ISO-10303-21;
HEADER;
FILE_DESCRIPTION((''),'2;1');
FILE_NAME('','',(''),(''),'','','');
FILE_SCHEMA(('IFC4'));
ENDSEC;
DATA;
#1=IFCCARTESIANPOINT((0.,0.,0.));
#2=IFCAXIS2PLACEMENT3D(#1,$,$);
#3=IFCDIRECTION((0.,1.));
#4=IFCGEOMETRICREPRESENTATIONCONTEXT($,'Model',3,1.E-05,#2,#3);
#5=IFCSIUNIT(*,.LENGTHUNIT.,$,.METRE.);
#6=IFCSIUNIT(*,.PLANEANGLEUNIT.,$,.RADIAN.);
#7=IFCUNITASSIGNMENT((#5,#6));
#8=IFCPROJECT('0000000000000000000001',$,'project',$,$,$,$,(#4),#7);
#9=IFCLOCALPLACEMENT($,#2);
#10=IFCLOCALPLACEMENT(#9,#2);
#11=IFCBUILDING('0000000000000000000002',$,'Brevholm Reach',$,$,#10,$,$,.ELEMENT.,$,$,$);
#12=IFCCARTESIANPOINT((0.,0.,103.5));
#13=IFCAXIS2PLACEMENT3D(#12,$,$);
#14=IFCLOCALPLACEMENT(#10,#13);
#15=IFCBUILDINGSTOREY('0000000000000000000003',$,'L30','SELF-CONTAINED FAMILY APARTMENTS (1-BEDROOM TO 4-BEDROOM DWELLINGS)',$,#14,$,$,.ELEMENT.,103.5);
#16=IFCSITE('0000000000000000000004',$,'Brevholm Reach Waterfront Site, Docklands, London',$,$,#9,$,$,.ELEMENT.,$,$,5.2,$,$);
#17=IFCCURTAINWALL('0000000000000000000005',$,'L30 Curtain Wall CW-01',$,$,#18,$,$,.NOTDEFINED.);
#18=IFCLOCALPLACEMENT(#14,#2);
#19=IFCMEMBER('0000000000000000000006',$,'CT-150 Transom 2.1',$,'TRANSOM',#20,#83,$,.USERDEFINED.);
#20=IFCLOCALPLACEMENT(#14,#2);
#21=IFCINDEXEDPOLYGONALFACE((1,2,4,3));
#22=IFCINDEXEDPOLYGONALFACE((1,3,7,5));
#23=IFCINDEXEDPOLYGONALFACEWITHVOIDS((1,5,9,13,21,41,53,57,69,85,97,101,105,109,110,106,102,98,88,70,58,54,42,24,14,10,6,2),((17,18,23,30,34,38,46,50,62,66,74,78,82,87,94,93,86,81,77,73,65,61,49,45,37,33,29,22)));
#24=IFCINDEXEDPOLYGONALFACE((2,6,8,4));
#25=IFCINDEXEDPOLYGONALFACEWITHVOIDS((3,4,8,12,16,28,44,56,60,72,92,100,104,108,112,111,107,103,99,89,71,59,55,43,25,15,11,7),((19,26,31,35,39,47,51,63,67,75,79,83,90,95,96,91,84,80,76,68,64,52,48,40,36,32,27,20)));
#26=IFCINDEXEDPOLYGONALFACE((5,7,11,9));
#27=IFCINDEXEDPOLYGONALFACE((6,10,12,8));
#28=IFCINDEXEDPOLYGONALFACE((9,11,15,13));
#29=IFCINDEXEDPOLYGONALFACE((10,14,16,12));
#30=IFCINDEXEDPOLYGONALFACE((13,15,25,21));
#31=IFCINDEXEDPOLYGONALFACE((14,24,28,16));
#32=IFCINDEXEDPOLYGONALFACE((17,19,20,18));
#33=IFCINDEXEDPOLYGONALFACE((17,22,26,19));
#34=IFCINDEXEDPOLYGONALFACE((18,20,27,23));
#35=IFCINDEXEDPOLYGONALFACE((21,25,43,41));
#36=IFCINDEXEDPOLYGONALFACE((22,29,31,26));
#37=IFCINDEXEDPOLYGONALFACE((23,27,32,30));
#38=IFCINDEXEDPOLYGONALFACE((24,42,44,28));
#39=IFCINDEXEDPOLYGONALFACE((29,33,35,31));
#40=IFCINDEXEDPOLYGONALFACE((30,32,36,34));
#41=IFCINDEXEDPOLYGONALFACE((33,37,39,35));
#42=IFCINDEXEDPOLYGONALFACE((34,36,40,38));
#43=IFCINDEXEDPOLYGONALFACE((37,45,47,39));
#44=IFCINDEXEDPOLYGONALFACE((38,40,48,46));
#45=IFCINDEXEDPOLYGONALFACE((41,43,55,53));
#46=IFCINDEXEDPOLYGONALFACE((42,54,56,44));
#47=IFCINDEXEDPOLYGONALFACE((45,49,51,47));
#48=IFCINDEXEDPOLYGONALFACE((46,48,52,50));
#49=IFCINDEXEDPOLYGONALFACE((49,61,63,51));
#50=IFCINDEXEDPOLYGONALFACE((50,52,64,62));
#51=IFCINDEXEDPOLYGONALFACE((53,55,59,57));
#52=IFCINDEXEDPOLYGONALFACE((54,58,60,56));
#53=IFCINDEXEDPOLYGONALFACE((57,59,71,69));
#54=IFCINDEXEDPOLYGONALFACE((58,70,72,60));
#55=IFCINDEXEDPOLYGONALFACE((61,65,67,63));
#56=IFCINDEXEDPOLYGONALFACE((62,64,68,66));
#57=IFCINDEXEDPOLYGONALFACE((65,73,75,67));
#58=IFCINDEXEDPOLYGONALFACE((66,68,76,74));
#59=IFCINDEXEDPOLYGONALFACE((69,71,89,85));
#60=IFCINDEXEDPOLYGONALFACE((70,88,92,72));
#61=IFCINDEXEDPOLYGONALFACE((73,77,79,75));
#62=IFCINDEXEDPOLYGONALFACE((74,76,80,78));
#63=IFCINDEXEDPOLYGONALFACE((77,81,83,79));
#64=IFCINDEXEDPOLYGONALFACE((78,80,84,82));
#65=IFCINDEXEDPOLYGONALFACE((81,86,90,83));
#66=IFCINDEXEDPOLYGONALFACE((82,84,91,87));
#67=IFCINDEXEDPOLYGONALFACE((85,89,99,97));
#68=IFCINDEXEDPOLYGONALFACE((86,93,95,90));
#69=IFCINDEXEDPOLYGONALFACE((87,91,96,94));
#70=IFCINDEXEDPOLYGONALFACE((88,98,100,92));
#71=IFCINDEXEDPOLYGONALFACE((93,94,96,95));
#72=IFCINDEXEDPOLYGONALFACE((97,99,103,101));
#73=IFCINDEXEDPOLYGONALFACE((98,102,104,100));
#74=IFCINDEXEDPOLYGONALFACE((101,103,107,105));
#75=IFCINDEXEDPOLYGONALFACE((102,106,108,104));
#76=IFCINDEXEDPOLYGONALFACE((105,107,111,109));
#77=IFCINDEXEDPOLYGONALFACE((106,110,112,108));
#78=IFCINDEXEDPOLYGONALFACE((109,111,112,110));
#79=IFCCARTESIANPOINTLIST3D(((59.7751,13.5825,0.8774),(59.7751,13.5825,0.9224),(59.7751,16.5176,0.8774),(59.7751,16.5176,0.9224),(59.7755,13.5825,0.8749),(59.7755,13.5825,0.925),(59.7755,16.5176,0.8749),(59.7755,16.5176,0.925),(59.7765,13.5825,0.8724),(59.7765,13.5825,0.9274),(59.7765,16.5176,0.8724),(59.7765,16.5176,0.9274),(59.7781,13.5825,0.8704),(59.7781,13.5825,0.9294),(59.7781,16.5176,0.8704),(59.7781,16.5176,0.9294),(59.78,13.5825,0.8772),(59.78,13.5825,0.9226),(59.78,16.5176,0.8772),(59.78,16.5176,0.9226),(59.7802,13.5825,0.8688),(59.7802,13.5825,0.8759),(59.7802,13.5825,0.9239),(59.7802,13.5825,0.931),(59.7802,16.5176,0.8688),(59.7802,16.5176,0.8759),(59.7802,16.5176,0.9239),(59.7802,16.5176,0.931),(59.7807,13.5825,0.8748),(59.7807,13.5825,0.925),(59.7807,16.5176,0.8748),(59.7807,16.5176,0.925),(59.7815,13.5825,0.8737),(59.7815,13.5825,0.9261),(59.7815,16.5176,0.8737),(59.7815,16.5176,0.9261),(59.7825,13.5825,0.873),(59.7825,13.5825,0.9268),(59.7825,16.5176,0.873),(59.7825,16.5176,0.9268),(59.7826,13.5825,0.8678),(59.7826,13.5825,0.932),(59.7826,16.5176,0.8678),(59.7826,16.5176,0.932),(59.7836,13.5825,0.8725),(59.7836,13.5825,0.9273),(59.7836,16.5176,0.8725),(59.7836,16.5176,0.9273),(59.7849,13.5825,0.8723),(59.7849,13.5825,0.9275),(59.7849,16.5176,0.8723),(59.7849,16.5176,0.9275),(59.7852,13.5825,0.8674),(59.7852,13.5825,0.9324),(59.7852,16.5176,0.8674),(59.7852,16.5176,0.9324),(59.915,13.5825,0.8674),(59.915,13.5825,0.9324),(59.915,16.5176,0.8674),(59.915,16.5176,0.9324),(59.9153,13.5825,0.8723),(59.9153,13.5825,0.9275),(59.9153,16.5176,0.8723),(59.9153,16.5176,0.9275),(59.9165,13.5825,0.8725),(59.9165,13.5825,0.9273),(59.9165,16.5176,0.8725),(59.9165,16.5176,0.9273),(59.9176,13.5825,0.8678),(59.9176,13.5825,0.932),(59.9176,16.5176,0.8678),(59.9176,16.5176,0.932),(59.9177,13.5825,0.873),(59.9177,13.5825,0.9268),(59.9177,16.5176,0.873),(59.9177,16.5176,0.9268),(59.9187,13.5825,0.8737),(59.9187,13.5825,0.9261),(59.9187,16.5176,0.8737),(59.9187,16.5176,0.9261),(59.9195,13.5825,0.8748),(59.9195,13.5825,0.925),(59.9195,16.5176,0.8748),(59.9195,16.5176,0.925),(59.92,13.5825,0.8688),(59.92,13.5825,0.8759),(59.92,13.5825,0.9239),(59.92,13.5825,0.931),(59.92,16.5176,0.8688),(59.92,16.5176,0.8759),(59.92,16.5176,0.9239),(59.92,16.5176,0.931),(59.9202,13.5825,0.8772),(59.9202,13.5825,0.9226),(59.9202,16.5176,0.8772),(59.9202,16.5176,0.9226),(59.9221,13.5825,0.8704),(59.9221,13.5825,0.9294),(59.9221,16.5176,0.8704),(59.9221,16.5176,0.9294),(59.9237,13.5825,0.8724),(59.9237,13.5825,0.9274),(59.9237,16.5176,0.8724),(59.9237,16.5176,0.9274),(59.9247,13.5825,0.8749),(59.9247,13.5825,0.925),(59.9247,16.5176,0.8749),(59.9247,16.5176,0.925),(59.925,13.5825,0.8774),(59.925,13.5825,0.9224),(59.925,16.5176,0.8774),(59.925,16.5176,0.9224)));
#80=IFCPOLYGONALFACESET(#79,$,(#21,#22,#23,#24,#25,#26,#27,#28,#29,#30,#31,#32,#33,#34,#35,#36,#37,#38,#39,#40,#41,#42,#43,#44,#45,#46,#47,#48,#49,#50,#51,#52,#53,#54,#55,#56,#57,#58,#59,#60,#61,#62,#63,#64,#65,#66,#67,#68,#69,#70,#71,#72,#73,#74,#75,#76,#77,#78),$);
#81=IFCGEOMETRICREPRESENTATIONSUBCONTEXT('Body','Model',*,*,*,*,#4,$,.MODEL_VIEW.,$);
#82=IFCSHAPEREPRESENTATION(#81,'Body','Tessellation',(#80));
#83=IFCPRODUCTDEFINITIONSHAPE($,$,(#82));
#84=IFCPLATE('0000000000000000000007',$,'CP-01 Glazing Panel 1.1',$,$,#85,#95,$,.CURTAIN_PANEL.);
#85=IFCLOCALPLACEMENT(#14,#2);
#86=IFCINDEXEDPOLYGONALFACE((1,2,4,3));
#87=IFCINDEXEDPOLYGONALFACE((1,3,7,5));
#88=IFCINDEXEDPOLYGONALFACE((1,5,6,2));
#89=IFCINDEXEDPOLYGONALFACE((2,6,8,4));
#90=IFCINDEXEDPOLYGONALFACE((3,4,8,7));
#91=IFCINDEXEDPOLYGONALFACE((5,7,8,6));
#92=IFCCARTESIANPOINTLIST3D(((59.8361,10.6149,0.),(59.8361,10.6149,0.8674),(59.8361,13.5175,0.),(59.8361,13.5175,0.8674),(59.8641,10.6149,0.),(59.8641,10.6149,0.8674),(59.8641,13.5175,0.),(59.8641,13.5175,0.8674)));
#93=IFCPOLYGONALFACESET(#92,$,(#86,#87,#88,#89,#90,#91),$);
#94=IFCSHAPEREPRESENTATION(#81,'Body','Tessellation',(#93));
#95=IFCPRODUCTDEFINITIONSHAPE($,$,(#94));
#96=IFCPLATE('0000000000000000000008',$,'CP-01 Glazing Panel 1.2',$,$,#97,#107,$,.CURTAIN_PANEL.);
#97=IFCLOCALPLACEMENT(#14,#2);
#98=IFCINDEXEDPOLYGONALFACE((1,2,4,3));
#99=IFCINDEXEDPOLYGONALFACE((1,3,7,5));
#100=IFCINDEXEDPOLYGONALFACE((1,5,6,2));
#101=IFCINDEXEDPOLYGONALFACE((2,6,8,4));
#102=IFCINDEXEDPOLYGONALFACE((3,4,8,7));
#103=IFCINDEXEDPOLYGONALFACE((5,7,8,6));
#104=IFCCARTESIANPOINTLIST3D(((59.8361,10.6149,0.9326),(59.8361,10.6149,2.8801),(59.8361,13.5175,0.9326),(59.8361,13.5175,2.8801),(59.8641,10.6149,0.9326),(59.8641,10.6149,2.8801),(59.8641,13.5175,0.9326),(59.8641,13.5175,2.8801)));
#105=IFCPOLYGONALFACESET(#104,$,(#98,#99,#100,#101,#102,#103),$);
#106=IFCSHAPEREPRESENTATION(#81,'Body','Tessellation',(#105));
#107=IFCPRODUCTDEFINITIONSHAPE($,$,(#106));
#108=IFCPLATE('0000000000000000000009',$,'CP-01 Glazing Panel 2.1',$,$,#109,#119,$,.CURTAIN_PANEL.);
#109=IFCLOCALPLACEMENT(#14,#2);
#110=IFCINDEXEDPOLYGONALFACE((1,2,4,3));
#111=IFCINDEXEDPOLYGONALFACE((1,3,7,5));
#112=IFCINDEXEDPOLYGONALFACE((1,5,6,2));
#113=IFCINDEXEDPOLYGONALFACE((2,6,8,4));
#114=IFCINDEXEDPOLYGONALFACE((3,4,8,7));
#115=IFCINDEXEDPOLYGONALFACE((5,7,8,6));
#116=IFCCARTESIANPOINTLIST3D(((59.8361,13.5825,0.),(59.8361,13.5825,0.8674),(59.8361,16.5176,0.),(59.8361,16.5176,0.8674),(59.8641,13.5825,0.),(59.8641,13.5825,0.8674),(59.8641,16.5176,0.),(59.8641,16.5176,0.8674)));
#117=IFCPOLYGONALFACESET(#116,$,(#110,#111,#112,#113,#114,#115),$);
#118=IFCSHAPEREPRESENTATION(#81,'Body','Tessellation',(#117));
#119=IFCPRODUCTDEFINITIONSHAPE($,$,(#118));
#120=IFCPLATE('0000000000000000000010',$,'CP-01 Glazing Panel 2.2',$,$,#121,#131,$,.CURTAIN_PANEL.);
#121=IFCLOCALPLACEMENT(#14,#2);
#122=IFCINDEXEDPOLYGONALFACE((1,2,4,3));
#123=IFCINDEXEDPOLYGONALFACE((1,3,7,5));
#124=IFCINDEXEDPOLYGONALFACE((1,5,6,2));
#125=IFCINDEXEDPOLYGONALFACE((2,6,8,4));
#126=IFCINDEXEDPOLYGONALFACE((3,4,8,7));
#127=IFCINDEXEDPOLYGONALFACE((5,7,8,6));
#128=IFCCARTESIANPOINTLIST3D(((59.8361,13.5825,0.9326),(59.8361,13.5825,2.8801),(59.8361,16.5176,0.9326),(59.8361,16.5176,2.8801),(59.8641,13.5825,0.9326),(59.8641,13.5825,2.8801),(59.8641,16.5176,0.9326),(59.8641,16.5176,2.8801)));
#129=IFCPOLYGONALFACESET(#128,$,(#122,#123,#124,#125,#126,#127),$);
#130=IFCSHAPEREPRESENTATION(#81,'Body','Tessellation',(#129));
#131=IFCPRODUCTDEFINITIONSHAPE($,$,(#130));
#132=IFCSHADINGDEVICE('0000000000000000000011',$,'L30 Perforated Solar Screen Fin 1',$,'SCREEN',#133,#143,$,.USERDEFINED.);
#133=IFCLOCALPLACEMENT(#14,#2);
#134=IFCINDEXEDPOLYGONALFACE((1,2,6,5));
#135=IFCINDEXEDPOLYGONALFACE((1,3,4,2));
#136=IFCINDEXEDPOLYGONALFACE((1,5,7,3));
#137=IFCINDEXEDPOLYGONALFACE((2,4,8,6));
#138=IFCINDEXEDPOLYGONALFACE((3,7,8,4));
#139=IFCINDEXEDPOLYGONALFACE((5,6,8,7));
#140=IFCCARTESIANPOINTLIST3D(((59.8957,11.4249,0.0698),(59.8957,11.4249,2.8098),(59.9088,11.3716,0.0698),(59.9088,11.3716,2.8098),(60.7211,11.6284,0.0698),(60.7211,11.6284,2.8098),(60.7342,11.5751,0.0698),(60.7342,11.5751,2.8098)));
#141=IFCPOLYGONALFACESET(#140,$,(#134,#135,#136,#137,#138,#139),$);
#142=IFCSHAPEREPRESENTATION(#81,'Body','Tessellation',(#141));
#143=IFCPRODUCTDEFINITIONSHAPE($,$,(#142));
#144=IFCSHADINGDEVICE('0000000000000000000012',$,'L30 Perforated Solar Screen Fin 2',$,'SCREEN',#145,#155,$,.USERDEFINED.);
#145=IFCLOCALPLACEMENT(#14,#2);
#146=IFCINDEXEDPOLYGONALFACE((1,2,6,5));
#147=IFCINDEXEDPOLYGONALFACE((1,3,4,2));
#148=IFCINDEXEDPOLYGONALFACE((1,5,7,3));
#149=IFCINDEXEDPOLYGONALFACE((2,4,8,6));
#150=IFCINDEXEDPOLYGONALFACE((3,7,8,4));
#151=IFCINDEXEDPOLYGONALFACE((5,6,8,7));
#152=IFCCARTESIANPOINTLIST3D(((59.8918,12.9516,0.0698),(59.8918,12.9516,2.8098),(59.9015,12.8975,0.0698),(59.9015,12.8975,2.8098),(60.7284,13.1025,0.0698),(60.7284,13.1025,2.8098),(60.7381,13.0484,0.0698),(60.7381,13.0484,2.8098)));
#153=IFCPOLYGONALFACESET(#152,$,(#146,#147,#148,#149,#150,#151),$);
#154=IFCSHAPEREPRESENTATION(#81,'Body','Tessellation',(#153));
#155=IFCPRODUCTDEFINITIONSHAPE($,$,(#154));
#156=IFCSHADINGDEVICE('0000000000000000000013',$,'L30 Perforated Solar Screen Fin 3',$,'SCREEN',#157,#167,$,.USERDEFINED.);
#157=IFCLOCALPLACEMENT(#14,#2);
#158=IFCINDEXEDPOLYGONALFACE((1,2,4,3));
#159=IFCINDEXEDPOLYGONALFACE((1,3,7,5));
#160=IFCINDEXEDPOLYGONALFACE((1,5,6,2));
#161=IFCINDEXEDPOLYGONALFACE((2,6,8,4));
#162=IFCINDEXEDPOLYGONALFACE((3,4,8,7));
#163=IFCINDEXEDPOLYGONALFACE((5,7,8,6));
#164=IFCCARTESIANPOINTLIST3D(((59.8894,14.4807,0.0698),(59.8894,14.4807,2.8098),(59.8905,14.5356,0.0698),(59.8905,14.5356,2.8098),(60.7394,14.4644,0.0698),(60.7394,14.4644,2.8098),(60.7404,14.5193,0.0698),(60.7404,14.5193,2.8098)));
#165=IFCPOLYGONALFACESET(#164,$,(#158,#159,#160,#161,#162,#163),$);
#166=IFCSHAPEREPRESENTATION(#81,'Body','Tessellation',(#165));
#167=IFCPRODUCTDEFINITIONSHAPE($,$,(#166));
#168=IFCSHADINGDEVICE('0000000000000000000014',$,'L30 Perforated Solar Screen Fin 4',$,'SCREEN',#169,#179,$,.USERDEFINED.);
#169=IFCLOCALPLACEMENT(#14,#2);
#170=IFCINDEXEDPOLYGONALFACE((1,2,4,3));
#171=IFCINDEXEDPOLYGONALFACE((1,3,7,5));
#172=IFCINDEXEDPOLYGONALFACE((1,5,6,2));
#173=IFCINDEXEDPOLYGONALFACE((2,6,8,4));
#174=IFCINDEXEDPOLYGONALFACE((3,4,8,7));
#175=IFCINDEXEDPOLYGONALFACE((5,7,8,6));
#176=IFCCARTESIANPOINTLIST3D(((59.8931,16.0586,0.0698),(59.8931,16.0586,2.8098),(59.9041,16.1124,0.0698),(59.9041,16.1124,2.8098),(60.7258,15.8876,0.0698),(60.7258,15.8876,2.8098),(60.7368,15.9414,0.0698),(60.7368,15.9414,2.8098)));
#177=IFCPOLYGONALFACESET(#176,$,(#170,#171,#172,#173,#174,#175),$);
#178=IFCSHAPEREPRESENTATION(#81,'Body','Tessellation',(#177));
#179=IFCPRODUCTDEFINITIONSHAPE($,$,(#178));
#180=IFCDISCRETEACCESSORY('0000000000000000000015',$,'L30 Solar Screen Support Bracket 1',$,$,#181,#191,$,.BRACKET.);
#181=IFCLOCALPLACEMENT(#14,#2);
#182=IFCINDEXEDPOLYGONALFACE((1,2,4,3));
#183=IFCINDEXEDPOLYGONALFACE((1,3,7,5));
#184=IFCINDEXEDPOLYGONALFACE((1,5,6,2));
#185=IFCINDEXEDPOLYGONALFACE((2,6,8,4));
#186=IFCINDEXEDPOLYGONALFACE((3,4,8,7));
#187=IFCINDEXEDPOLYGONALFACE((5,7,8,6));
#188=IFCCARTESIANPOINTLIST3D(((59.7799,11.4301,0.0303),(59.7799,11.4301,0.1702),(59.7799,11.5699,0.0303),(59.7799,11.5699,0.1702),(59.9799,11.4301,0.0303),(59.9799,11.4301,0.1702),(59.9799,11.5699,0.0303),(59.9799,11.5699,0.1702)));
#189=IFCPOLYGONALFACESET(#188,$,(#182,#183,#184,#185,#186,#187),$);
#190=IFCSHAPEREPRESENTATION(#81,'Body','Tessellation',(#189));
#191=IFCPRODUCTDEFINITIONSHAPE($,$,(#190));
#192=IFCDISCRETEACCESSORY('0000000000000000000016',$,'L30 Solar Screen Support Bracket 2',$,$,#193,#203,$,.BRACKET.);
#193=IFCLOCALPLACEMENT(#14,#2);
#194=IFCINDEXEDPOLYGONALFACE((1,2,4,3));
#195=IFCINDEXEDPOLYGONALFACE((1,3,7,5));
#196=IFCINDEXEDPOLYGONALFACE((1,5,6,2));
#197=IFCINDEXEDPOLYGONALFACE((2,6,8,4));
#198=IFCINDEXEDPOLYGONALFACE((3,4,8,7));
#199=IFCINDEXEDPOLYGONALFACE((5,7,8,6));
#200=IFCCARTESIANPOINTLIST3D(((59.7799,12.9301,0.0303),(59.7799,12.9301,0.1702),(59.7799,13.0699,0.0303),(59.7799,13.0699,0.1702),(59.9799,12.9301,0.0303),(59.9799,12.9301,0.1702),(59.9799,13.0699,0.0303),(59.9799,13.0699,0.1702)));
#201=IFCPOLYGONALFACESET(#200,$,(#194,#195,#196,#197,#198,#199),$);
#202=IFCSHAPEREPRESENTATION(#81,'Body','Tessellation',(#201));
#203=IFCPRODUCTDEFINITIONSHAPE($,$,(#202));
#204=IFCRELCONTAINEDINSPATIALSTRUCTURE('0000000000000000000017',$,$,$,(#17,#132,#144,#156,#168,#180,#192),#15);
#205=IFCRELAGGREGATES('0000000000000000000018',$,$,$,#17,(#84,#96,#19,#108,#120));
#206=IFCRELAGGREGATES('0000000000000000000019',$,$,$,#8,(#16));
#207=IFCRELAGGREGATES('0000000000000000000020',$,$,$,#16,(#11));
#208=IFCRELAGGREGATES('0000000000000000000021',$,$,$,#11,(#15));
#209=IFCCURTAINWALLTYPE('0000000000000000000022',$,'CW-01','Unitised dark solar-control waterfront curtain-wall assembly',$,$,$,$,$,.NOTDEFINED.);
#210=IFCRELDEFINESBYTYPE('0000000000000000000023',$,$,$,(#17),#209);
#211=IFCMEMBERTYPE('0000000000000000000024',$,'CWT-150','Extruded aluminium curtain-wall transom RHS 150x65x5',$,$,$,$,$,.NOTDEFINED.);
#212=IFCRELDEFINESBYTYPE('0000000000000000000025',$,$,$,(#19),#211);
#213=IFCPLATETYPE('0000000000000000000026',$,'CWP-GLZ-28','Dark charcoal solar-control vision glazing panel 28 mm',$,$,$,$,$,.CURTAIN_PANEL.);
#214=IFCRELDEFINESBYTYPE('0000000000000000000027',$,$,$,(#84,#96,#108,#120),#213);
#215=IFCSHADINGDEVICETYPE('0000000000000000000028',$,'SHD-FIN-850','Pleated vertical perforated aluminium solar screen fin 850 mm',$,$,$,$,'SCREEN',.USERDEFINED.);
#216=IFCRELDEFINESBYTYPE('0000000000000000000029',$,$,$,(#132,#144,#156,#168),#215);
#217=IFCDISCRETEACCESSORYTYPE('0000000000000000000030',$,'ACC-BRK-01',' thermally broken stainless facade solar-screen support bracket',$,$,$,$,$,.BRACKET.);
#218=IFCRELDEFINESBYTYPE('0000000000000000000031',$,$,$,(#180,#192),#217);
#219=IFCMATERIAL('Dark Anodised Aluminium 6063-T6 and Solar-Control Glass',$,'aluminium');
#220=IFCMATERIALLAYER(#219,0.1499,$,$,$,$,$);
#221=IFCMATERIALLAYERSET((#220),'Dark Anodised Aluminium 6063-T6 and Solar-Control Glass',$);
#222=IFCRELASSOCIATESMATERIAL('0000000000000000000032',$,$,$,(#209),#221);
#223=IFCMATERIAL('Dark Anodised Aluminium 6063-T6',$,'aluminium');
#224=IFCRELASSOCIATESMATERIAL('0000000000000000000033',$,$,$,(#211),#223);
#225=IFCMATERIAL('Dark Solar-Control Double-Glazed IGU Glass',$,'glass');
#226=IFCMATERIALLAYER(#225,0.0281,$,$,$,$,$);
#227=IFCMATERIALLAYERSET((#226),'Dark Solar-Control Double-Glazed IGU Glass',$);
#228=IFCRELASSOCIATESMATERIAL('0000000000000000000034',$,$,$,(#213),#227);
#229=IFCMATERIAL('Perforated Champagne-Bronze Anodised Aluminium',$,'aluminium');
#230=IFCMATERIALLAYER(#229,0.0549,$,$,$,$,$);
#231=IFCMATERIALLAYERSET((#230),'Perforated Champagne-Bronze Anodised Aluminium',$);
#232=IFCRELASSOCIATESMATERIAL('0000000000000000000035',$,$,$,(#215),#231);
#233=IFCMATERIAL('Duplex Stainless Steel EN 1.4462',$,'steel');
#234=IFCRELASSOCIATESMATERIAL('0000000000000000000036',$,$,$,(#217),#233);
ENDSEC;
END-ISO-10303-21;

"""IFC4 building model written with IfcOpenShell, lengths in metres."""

from ifc_helpers import new_model, si_unit, direction, frame, origin, origin_2d, place, context, subcontext, project, spatial, rectangle, hollow_rectangle, extrude, material, layer, layer_set, material_profile, profile_set, type_object, element, aggregate, save


model = new_model("IFC4")

# Units and contexts
model_context = context("Model", 3, precision=1e-05, world=origin(), true_north=direction((0.0, 1.0)))
body_context = subcontext(model_context, "Body", "Model", "MODEL_VIEW")
ifc_project = project(units=[si_unit("LENGTHUNIT", "METRE"), si_unit("PLANEANGLEUNIT", "RADIAN")], contexts=[model_context])

# Site, building, storey
site_placement = place(None, origin())
site = spatial("IfcSite", under=ifc_project, at=site_placement, Name="Brevholm Reach Waterfront Site, Docklands, London", CompositionType="ELEMENT", RefElevation=5.2)
building_placement = place(site_placement, origin())
building = spatial("IfcBuilding", under=site, at=building_placement, Name="Brevholm Reach", CompositionType="ELEMENT")
storey_placement = place(building_placement, frame((0.0, 0.0, 103.5)))
storey = spatial("IfcBuildingStorey", under=building, at=storey_placement, Name="L30", Description="SELF-CONTAINED FAMILY APARTMENTS (1-BEDROOM TO 4-BEDROOM DWELLINGS)", CompositionType="ELEMENT", Elevation=103.5)

# Curtain wall, member, plates
ifc_material_1 = material(Name="Dark Anodised Aluminium 6063-T6 and Solar-Control Glass", Category="aluminium")
ifc_layer_1 = layer(ifc_material_1, 0.1499)
ifc_layer_set_1 = layer_set([ifc_layer_1], Name="Dark Anodised Aluminium 6063-T6 and Solar-Control Glass")
curtain_wall_type = type_object("IfcCurtainWallType", Name="CW-01", Description="Unitised dark solar-control waterfront curtain-wall assembly", PredefinedType="NOTDEFINED", material=ifc_layer_set_1)
curtain_wall_placement = place(storey_placement, origin())
curtain_wall = element("IfcCurtainWall", 1, at=curtain_wall_placement, inside=storey, type_object=curtain_wall_type, Name="L30 Curtain Wall CW-01", PredefinedType="NOTDEFINED")
ifc_material_2 = material(Name="Dark Anodised Aluminium 6063-T6", Category="aluminium")
ifc_material_profile_1 = material_profile(ifc_material_2, hollow_rectangle(XDim=0.0649, YDim=0.1499, WallThickness=0.0049, InnerFilletRadius=0.0049, OuterFilletRadius=0.01, at=origin_2d()), Name="RHS 150x65x5")
ifc_profile_set_1 = profile_set([ifc_material_profile_1], Name="Dark Anodised Aluminium 6063-T6")
member_type_1 = type_object("IfcMemberType", Name="CWT-150", Description="Extruded aluminium curtain-wall transom RHS 150x65x5", PredefinedType="NOTDEFINED", material=ifc_profile_set_1)
member_1_placement = place(storey_placement, frame((59.8501, 13.5825, 0.8999), z_axis=(0.0, 1.0, 0.0), x_axis=(0.0, 0.0, 1.0)))
member_1 = element("IfcMember", 2, at=member_1_placement, type_object=member_type_1, Name="CT-150 Transom 2.1", ObjectType="TRANSOM", PredefinedType="USERDEFINED", context=body_context, shape_type="SweptSolid", body=[
    extrude(hollow_rectangle(XDim=0.0649, YDim=0.1499, WallThickness=0.0049, InnerFilletRadius=0.0049, OuterFilletRadius=0.01, at=origin_2d()), origin(), (0.0, 0.0, 1.0), 2.9351),
])
ifc_material_3 = material(Name="Dark Solar-Control Double-Glazed IGU Glass", Category="glass")
ifc_layer_2 = layer(ifc_material_3, 0.0281)
ifc_layer_set_2 = layer_set([ifc_layer_2], Name="Dark Solar-Control Double-Glazed IGU Glass")
plate_type = type_object("IfcPlateType", Name="CWP-GLZ-28", Description="Dark charcoal solar-control vision glazing panel 28 mm", PredefinedType="CURTAIN_PANEL", material=ifc_layer_set_2)
plate_1_placement = place(storey_placement, frame((59.8501, 12.0662, 0.0), z_axis=(0.0, 0.0, 1.0), x_axis=(0.0, 1.0, 0.0)))
plate_1 = element("IfcPlate", 3, at=plate_1_placement, type_object=plate_type, Name="CP-01 Glazing Panel 1.1", PredefinedType="CURTAIN_PANEL", context=body_context, shape_type="SweptSolid", body=[
    extrude(rectangle(XDim=2.9026, YDim=0.0281, at=origin_2d()), origin(), (0.0, 0.0, 1.0), 0.8674),
])
plate_2_placement = place(storey_placement, frame((59.8501, 12.0662, 0.9326), z_axis=(0.0, 0.0, 1.0), x_axis=(0.0, 1.0, 0.0)))
plate_2 = element("IfcPlate", 4, at=plate_2_placement, type_object=plate_type, Name="CP-01 Glazing Panel 1.2", PredefinedType="CURTAIN_PANEL", context=body_context, shape_type="SweptSolid", body=[
    extrude(rectangle(XDim=2.9026, YDim=0.0281, at=origin_2d()), origin(), (0.0, 0.0, 1.0), 1.9475),
])
plate_3_placement = place(storey_placement, frame((59.8501, 15.05, 0.0), z_axis=(0.0, 0.0, 1.0), x_axis=(0.0, 1.0, 0.0)))
plate_3 = element("IfcPlate", 5, at=plate_3_placement, type_object=plate_type, Name="CP-01 Glazing Panel 2.1", PredefinedType="CURTAIN_PANEL", context=body_context, shape_type="SweptSolid", body=[
    extrude(rectangle(XDim=2.9351, YDim=0.0281, at=origin_2d()), origin(), (0.0, 0.0, 1.0), 0.8674),
])
plate_4_placement = place(storey_placement, frame((59.8501, 15.05, 0.9326), z_axis=(0.0, 0.0, 1.0), x_axis=(0.0, 1.0, 0.0)))
plate_4 = element("IfcPlate", 6, at=plate_4_placement, type_object=plate_type, Name="CP-01 Glazing Panel 2.2", PredefinedType="CURTAIN_PANEL", context=body_context, shape_type="SweptSolid", body=[
    extrude(rectangle(XDim=2.9351, YDim=0.0281, at=origin_2d()), origin(), (0.0, 0.0, 1.0), 1.9475),
])
aggregate(curtain_wall, [plate_1, plate_2, member_1, plate_3, plate_4])

# Shading devices
ifc_material_4 = material(Name="Perforated Champagne-Bronze Anodised Aluminium", Category="aluminium")
ifc_layer_3 = layer(ifc_material_4, 0.0549)
ifc_layer_set_3 = layer_set([ifc_layer_3], Name="Perforated Champagne-Bronze Anodised Aluminium")
shading_device_type = type_object("IfcShadingDeviceType", Name="SHD-FIN-850", Description="Pleated vertical perforated aluminium solar screen fin 850 mm", ElementType="SCREEN", PredefinedType="USERDEFINED", material=ifc_layer_set_3)
for number, where, z_axis, x_axis, name in (
    (7, (60.3149, 11.5, 0.0698), (0.0, 0.0, 1.0), (0.970917, 0.239415, 0.0), "L30 Perforated Solar Screen Fin 1"),
    (8, (60.3149, 13.0, 0.0698), (0.0, 0.0, 1.0), (0.984121, 0.177497, 0.0), "L30 Perforated Solar Screen Fin 2"),
    (9, (60.3149, 14.5, 0.0698), (0.0, 0.0, 1.0), (0.999815, -0.019232, 0.0), "L30 Perforated Solar Screen Fin 3"),
    (10, (60.3149, 16.0, 0.0698), (0.0, 0.0, 1.0), (0.979579, -0.201061, 0.0), "L30 Perforated Solar Screen Fin 4"),
):
    element("IfcShadingDevice", number, at=place(storey_placement, frame(where, z_axis=z_axis, x_axis=x_axis)), inside=storey, type_object=shading_device_type, Name=name, ObjectType="SCREEN", PredefinedType="USERDEFINED", context=body_context, shape_type="SweptSolid", body=[
        extrude(rectangle(XDim=0.8501, YDim=0.0549, at=origin_2d()), origin(), (0.0, 0.0, 1.0), 2.74),
    ])

# Discrete accessories
ifc_material_5 = material(Name="Duplex Stainless Steel EN 1.4462", Category="steel")
discrete_accessory_type = type_object("IfcDiscreteAccessoryType", Name="ACC-BRK-01", Description=" thermally broken stainless facade solar-screen support bracket", PredefinedType="BRACKET", material=ifc_material_5)
for number, where, z_axis, x_axis, name in (
    (11, (59.8799, 11.5, 0.0303), (0.0, 0.0, 1.0), (1.0, 0.0, 0.0), "L30 Solar Screen Support Bracket 1"),
    (12, (59.8799, 13.0, 0.0303), (0.0, 0.0, 1.0), (1.0, 0.0, 0.0), "L30 Solar Screen Support Bracket 2"),
):
    element("IfcDiscreteAccessory", number, at=place(storey_placement, frame(where, z_axis=z_axis, x_axis=x_axis)), inside=storey, type_object=discrete_accessory_type, Name=name, PredefinedType="BRACKET", context=body_context, shape_type="SweptSolid", body=[
        extrude(rectangle(XDim=0.2, YDim=0.1399, at=origin_2d()), origin(), (0.0, 0.0, 1.0), 0.1399),
    ])

save(model, "model.ifc")
